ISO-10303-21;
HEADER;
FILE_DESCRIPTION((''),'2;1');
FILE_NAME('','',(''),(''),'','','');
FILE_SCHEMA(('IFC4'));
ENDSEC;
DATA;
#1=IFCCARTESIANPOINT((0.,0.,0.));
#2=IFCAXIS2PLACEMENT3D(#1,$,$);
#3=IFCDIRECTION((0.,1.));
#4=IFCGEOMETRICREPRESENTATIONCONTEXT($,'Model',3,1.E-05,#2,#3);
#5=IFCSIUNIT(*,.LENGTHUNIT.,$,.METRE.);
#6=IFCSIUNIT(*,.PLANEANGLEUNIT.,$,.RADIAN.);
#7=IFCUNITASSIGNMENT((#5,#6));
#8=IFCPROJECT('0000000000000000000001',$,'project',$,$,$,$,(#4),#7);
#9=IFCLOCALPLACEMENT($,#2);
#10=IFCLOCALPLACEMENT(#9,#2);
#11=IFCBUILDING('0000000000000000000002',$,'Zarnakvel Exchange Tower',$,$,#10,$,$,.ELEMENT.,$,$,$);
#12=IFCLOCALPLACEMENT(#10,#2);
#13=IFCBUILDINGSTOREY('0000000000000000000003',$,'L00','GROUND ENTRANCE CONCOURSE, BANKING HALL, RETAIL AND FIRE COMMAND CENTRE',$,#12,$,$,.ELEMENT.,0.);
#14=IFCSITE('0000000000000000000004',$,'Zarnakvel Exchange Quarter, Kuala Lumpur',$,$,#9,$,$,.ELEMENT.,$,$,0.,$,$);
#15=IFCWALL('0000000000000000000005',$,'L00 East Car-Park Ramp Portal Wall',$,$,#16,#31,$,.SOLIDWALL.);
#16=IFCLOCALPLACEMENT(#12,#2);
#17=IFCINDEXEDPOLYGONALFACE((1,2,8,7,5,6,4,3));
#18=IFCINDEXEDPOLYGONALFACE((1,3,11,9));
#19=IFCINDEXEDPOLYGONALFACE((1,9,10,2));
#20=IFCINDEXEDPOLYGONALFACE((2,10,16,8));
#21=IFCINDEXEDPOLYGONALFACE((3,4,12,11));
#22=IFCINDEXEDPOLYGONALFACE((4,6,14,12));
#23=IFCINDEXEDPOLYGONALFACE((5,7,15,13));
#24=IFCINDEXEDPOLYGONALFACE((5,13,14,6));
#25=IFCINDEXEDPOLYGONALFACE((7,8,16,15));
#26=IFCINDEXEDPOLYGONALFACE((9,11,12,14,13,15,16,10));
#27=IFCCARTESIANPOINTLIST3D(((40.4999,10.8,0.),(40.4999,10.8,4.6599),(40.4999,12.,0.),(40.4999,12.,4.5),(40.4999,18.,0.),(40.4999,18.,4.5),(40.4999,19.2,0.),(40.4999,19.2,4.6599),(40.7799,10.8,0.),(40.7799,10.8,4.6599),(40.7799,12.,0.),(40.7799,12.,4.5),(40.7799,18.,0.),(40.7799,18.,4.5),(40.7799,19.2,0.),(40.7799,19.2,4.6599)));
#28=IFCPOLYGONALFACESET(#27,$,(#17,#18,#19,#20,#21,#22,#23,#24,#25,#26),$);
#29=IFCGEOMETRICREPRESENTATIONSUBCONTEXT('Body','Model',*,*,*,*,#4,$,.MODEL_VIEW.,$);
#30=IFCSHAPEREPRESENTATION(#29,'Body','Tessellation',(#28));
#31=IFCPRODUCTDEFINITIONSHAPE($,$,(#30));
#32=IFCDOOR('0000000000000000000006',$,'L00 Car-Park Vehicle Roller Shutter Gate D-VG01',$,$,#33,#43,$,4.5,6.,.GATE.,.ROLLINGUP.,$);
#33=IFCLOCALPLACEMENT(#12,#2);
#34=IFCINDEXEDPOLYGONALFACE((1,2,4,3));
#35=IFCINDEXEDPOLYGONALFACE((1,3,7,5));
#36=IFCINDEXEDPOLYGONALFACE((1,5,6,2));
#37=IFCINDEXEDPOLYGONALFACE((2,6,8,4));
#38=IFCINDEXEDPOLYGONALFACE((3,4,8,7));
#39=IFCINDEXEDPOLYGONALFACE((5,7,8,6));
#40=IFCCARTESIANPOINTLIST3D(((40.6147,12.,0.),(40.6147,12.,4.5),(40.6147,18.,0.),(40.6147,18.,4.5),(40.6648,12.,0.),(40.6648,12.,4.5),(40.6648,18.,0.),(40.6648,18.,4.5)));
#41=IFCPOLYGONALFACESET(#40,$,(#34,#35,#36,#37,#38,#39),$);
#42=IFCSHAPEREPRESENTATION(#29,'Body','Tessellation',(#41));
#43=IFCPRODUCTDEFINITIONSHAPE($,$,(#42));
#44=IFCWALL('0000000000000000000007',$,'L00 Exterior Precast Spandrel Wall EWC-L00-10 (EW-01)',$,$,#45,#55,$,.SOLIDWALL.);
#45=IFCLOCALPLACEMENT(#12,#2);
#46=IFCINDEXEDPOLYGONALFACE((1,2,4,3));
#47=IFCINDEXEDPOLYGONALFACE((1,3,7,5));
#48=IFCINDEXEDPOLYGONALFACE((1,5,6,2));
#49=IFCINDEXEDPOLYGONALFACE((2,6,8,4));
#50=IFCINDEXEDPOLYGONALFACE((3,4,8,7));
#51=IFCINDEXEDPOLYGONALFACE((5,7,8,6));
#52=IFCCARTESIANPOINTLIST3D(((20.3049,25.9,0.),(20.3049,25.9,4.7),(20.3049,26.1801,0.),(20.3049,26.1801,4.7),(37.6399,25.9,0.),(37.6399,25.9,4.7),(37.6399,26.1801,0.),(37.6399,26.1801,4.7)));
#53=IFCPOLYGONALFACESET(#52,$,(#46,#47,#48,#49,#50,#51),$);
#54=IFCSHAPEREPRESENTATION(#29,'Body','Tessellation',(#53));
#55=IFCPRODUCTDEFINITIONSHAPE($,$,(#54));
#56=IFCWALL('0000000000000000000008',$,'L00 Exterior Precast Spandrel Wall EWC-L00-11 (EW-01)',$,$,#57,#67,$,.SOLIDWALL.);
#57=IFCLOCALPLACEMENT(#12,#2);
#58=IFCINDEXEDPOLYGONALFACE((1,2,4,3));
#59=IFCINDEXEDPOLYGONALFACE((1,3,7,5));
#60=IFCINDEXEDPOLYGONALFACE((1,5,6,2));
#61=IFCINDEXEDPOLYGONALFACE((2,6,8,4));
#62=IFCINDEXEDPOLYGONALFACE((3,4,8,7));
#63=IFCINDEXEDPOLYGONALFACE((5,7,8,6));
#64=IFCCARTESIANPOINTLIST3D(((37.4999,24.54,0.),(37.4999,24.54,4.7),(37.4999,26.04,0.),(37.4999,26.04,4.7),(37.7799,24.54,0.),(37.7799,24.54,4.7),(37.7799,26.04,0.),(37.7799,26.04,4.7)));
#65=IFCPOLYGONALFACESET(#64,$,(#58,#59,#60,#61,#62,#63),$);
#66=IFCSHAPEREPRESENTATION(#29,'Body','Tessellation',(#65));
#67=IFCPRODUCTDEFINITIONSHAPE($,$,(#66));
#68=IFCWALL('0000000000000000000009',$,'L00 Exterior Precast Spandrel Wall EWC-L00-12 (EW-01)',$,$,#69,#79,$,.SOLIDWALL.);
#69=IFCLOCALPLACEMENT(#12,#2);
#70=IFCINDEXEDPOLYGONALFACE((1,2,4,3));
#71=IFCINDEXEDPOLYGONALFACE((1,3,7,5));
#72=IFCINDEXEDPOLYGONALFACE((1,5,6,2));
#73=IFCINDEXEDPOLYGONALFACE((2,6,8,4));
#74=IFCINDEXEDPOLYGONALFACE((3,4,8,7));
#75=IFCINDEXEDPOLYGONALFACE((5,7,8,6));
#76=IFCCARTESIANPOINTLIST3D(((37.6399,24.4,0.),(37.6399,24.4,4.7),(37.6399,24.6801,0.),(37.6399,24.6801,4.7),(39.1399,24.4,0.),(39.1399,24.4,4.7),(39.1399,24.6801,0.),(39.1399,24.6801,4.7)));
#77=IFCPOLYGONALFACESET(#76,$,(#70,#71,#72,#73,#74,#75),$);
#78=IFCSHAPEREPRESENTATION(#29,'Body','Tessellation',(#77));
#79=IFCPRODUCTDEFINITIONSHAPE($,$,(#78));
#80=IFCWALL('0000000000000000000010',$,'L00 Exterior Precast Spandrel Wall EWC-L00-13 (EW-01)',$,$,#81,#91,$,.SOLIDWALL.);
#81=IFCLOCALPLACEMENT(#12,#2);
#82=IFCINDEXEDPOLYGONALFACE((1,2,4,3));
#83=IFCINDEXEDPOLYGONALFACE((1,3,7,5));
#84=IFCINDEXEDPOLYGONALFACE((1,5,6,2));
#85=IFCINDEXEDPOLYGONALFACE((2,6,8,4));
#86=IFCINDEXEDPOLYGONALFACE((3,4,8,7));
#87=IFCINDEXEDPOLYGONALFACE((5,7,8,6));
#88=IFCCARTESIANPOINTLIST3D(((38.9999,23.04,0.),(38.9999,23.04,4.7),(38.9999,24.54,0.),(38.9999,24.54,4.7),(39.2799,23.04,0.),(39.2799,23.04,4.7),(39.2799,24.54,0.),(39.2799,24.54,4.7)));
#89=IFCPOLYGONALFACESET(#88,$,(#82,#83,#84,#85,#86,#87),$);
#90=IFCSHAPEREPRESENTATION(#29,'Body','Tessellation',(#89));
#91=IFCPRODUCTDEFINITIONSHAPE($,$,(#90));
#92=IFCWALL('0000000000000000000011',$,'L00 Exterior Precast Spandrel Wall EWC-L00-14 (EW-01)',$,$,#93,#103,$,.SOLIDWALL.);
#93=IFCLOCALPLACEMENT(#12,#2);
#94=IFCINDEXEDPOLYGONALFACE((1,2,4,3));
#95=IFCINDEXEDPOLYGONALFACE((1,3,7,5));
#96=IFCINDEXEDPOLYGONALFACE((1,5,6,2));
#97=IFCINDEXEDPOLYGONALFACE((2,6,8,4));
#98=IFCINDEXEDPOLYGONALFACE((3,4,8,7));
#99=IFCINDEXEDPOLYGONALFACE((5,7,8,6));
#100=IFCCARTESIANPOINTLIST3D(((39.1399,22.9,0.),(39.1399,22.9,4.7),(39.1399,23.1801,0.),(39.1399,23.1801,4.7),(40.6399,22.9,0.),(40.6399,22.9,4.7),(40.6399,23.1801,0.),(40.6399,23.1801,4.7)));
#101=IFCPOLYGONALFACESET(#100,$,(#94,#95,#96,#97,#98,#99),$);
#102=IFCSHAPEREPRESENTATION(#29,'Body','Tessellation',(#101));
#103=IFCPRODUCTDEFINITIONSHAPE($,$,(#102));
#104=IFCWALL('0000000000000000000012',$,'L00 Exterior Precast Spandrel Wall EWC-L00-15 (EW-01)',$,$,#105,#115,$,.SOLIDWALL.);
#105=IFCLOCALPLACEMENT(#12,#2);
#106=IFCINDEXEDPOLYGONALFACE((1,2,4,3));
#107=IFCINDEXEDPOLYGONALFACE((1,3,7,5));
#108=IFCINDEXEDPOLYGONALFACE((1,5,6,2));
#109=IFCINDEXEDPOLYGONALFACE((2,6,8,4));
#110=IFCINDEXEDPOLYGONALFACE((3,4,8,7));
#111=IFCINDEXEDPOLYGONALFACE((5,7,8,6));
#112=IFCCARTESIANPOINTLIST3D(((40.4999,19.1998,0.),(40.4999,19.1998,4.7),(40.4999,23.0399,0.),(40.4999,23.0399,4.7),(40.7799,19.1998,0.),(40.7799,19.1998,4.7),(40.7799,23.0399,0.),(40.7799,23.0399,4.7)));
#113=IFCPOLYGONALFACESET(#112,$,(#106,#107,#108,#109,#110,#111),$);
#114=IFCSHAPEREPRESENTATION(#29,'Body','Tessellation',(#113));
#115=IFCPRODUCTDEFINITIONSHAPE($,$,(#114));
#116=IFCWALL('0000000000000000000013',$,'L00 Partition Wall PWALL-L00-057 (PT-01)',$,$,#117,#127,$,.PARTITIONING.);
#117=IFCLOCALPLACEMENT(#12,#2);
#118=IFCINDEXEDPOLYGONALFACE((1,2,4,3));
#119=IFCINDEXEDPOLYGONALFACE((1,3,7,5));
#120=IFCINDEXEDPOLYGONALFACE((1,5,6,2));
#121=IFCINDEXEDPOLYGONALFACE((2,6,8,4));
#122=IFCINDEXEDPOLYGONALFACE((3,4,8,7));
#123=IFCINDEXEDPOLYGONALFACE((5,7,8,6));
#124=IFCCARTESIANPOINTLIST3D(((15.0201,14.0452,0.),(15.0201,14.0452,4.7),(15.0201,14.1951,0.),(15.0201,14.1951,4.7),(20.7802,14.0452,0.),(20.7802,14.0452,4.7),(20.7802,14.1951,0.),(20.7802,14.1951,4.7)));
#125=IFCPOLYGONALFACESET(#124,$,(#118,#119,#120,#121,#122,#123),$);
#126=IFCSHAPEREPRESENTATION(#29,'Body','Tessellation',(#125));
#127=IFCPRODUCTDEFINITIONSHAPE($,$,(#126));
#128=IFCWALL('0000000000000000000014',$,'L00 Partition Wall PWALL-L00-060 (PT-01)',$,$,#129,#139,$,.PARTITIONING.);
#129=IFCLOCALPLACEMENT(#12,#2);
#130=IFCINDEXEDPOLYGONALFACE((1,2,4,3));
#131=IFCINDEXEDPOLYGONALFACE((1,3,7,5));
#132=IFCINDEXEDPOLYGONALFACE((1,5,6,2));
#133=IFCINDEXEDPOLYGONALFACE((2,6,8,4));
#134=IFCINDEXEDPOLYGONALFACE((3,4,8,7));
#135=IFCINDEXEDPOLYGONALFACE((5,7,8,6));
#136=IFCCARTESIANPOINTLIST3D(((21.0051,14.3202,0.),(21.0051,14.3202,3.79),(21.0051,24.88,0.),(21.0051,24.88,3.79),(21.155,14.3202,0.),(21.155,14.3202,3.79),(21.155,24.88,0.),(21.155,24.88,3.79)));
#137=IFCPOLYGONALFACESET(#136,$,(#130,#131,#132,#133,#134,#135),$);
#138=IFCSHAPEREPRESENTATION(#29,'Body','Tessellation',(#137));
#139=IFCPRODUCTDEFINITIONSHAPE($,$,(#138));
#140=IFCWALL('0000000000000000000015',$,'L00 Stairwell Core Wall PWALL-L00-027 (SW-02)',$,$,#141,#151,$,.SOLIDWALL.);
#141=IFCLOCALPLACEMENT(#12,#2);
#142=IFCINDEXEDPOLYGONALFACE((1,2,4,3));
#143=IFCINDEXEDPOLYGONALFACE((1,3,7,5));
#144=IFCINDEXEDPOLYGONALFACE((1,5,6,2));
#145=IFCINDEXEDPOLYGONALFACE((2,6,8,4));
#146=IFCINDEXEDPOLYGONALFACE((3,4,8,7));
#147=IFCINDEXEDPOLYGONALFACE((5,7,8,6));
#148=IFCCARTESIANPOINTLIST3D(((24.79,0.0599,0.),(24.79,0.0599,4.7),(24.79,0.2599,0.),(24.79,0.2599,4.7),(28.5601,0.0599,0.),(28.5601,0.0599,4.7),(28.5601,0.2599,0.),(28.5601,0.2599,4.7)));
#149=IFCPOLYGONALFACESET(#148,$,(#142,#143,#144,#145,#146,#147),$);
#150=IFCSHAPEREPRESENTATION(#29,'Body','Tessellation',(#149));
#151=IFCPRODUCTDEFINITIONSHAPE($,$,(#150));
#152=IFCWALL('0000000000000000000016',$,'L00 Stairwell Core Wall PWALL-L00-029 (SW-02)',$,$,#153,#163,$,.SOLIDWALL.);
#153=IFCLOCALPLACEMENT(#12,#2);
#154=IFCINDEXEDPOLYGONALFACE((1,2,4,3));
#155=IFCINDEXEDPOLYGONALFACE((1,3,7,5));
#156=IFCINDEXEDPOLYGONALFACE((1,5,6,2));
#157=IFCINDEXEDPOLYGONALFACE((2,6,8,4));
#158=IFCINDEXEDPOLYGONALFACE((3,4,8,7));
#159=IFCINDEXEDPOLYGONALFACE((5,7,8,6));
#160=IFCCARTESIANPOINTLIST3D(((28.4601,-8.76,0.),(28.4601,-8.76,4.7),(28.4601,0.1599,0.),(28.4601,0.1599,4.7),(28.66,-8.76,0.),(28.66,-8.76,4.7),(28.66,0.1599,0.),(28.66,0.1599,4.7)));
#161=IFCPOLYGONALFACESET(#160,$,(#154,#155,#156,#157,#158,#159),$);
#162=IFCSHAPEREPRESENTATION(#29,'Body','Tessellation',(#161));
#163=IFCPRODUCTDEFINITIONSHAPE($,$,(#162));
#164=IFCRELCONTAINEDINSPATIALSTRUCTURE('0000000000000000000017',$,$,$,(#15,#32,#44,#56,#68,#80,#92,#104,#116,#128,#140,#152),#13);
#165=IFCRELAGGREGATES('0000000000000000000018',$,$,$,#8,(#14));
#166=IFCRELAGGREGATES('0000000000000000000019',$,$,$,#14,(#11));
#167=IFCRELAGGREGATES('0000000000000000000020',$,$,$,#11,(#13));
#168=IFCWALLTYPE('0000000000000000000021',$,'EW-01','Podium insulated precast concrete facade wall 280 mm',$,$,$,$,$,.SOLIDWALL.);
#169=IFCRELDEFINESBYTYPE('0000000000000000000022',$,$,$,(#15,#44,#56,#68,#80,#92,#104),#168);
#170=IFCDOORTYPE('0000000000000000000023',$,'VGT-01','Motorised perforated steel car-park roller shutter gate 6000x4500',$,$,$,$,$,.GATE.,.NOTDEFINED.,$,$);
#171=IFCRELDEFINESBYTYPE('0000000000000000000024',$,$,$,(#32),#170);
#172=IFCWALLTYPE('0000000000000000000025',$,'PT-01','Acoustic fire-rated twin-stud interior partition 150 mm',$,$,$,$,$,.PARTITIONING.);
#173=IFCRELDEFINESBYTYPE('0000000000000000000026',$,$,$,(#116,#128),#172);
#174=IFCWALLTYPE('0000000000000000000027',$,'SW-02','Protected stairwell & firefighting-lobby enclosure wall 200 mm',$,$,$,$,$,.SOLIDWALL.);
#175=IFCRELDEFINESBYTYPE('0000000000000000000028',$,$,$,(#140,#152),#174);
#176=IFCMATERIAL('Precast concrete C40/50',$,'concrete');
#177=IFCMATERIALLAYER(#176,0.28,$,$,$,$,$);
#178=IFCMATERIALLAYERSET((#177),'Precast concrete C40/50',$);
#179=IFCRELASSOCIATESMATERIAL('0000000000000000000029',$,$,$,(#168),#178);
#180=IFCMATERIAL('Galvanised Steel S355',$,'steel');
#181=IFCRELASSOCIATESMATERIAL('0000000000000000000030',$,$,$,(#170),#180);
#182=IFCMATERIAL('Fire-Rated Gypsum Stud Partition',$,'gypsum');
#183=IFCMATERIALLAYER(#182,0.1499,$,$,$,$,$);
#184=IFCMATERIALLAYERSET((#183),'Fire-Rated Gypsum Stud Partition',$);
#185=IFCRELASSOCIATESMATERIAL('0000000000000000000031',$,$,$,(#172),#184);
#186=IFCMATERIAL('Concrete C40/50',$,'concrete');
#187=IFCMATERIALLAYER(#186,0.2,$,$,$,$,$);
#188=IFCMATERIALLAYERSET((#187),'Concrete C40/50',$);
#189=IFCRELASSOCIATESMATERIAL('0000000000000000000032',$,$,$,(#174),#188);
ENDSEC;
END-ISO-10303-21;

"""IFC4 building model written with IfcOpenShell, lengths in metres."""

from ifc_helpers import new_model, si_unit, direction, frame, frame_2d, origin, place, context, subcontext, project, spatial, rectangle, extrude, source, transform, mapped, material, layer, layer_set, type_object, element, fill, save


model = new_model("IFC4")

# Units and contexts
model_context = context("Model", 3, precision=1e-05, world=origin(), true_north=direction((0.0, 1.0)))
body_context = subcontext(model_context, "Body", "Model", "MODEL_VIEW")
ifc_project = project(units=[si_unit("LENGTHUNIT", "METRE"), si_unit("PLANEANGLEUNIT", "RADIAN")], contexts=[model_context])

# Site, building, storey
site_placement = place(None, origin())
site = spatial("IfcSite", under=ifc_project, at=site_placement, Name="Zarnakvel Exchange Quarter, Kuala Lumpur", CompositionType="ELEMENT", RefElevation=0.0)
building_placement = place(site_placement, origin())
building = spatial("IfcBuilding", under=site, at=building_placement, Name="Zarnakvel Exchange Tower", CompositionType="ELEMENT")
storey_placement = place(building_placement, origin())
storey = spatial("IfcBuildingStorey", under=building, at=storey_placement, Name="L00", Description="GROUND ENTRANCE CONCOURSE, BANKING HALL, RETAIL AND FIRE COMMAND CENTRE", CompositionType="ELEMENT", Elevation=0.0)

# Wall, opening, door
ifc_material_1 = material(Name="Precast concrete C40/50", Category="concrete")
ifc_layer_1 = layer(ifc_material_1, 0.28)
ifc_layer_set_1 = layer_set([ifc_layer_1], Name="Precast concrete C40/50")
wall_type_1 = type_object("IfcWallType", Name="EW-01", Description="Podium insulated precast concrete facade wall 280 mm", PredefinedType="SOLIDWALL", material=ifc_layer_set_1)
wall_1_placement = place(storey_placement, frame((40.6399, 19.2, 0.0), z_axis=(0.0, 0.0, 1.0), x_axis=(0.0, -1.0, 0.0)))
wall_1 = element("IfcWall", 1, at=wall_1_placement, inside=storey, type_object=wall_type_1, Name="L00 East Car-Park Ramp Portal Wall", PredefinedType="SOLIDWALL", context=body_context, shape_type="SweptSolid", body=[
    extrude(rectangle(XDim=8.3999, YDim=0.28, at=frame_2d((4.2, 0.0))), origin(), (0.0, 0.0, 1.0), 4.6599),
])
opening_placement = place(wall_1_placement, frame((1.2, 0.0, 0.0)))
opening = element("IfcOpeningElement", 2, at=opening_placement, cuts=wall_1, PredefinedType="OPENING", context=body_context, shape_type="SweptSolid", body=[
    extrude(rectangle(XDim=6.0, YDim=4.5, at=frame_2d((3.0, 2.25))), frame((0.0, 0.1499, 0.0), z_axis=(0.0, -1.0, 0.0), x_axis=(1.0, 0.0, 0.0)), (0.0, 0.0, 1.0), 0.3),
])
ifc_material_2 = material(Name="Galvanised Steel S355", Category="steel")
door_type = type_object("IfcDoorType", Name="VGT-01", Description="Motorised perforated steel car-park roller shutter gate 6000x4500", OperationType="NOTDEFINED", PredefinedType="GATE", material=ifc_material_2)
shared_shape_1 = source(origin(), body_context, "Body", "SweptSolid", [
    extrude(rectangle(XDim=6.0, YDim=4.5, at=frame_2d((3.0, 2.25))), frame((0.0, 0.0249, 0.0), z_axis=(0.0, -1.0, 0.0), x_axis=(1.0, 0.0, 0.0)), (0.0, 0.0, 1.0), 0.05),
])
door_placement = place(opening_placement, origin())
door = element("IfcDoor", 3, at=door_placement, inside=storey, type_object=door_type, Name="L00 Car-Park Vehicle Roller Shutter Gate D-VG01", OperationType="ROLLINGUP", OverallHeight=4.5, OverallWidth=6.0, PredefinedType="GATE", context=body_context, shape_type="MappedRepresentation", body=[
    mapped(shared_shape_1, transform((0.0, 0.0, 0.0), x_axis=(1.0, 0.0, 0.0), y_axis=(0.0, 1.0, 0.0), z_axis=(0.0, 0.0, 1.0), scale=1.0)),
])
fill(opening, door)

# Walls
wall_2_placement = place(storey_placement, frame((37.6399, 26.04, 0.0), z_axis=(0.0, 0.0, 1.0), x_axis=(-1.0, 0.0, 0.0)))
element("IfcWall", 4, at=wall_2_placement, inside=storey, type_object=wall_type_1, Name="L00 Exterior Precast Spandrel Wall EWC-L00-10 (EW-01)", PredefinedType="SOLIDWALL", context=body_context, shape_type="SweptSolid", body=[
    extrude(rectangle(XDim=17.335, YDim=0.28, at=frame_2d((8.6675, 0.0))), origin(), (0.0, 0.0, 1.0), 4.7),
])
for number, where, z_axis, x_axis, name in (
    (5, (37.6399, 24.54, 0.0), (0.0, 0.0, 1.0), (0.0, 1.0, 0.0), "L00 Exterior Precast Spandrel Wall EWC-L00-11 (EW-01)"),
    (6, (39.1399, 24.54, 0.0), (0.0, 0.0, 1.0), (-1.0, 0.0, 0.0), "L00 Exterior Precast Spandrel Wall EWC-L00-12 (EW-01)"),
    (7, (39.1399, 23.04, 0.0), (0.0, 0.0, 1.0), (0.0, 1.0, 0.0), "L00 Exterior Precast Spandrel Wall EWC-L00-13 (EW-01)"),
    (8, (40.6399, 23.04, 0.0), (0.0, 0.0, 1.0), (-1.0, 0.0, 0.0), "L00 Exterior Precast Spandrel Wall EWC-L00-14 (EW-01)"),
):
    element("IfcWall", number, at=place(storey_placement, frame(where, z_axis=z_axis, x_axis=x_axis)), inside=storey, type_object=wall_type_1, Name=name, PredefinedType="SOLIDWALL", context=body_context, shape_type="SweptSolid", body=[
        extrude(rectangle(XDim=1.5, YDim=0.28, at=frame_2d((0.75, 0.0))), origin(), (0.0, 0.0, 1.0), 4.7),
    ])
wall_3_placement = place(storey_placement, frame((40.6399, 19.2, 0.0), z_axis=(0.0, 0.0, 1.0), x_axis=(0.0, 1.0, 0.0)))
element("IfcWall", 9, at=wall_3_placement, inside=storey, type_object=wall_type_1, Name="L00 Exterior Precast Spandrel Wall EWC-L00-15 (EW-01)", PredefinedType="SOLIDWALL", context=body_context, shape_type="SweptSolid", body=[
    extrude(rectangle(XDim=3.8401, YDim=0.28, at=frame_2d((1.9199, 0.0))), origin(), (0.0, 0.0, 1.0), 4.7),
])
ifc_material_3 = material(Name="Fire-Rated Gypsum Stud Partition", Category="gypsum")
ifc_layer_2 = layer(ifc_material_3, 0.1499)
ifc_layer_set_2 = layer_set([ifc_layer_2], Name="Fire-Rated Gypsum Stud Partition")
wall_type_2 = type_object("IfcWallType", Name="PT-01", Description="Acoustic fire-rated twin-stud interior partition 150 mm", PredefinedType="PARTITIONING", material=ifc_layer_set_2)
wall_4_placement = place(storey_placement, frame((20.78, 14.1201, 0.0), z_axis=(0.0, 0.0, 1.0), x_axis=(-1.0, 0.0, 0.0)))
element("IfcWall", 10, at=wall_4_placement, inside=storey, type_object=wall_type_2, Name="L00 Partition Wall PWALL-L00-057 (PT-01)", PredefinedType="PARTITIONING", context=body_context, shape_type="SweptSolid", body=[
    extrude(rectangle(XDim=5.76, YDim=0.1499, at=frame_2d((2.8799, 0.0))), origin(), (0.0, 0.0, 1.0), 4.7),
])
wall_5_placement = place(storey_placement, frame((21.0801, 24.8799, 0.0), z_axis=(0.0, 0.0, 1.0), x_axis=(0.0, -1.0, 0.0)))
element("IfcWall", 11, at=wall_5_placement, inside=storey, type_object=wall_type_2, Name="L00 Partition Wall PWALL-L00-060 (PT-01)", PredefinedType="PARTITIONING", context=body_context, shape_type="SweptSolid", body=[
    extrude(rectangle(XDim=10.5598, YDim=0.1499, at=frame_2d((5.2798, 0.0))), origin(), (0.0, 0.0, 1.0), 3.79),
])
ifc_material_4 = material(Name="Concrete C40/50", Category="concrete")
ifc_layer_3 = layer(ifc_material_4, 0.2)
ifc_layer_set_3 = layer_set([ifc_layer_3], Name="Concrete C40/50")
wall_type_3 = type_object("IfcWallType", Name="SW-02", Description="Protected stairwell & firefighting-lobby enclosure wall 200 mm", PredefinedType="SOLIDWALL", material=ifc_layer_set_3)
wall_6_placement = place(storey_placement, frame((24.79, 0.1599, 0.0), z_axis=(0.0, 0.0, 1.0), x_axis=(1.0, 0.0, 0.0)))
element("IfcWall", 12, at=wall_6_placement, inside=storey, type_object=wall_type_3, Name="L00 Stairwell Core Wall PWALL-L00-027 (SW-02)", PredefinedType="SOLIDWALL", context=body_context, shape_type="SweptSolid", body=[
    extrude(rectangle(XDim=3.77, YDim=0.2, at=frame_2d((1.885, 0.0))), origin(), (0.0, 0.0, 1.0), 4.7),
])
wall_7_placement = place(storey_placement, frame((28.5601, 0.1599, 0.0), z_axis=(0.0, 0.0, 1.0), x_axis=(0.0, -1.0, 0.0)))
element("IfcWall", 13, at=wall_7_placement, inside=storey, type_object=wall_type_3, Name="L00 Stairwell Core Wall PWALL-L00-029 (SW-02)", PredefinedType="SOLIDWALL", context=body_context, shape_type="SweptSolid", body=[
    extrude(rectangle(XDim=8.9199, YDim=0.2, at=frame_2d((4.46, 0.0))), origin(), (0.0, 0.0, 1.0), 4.7),
])

save(model, "model.ifc")
